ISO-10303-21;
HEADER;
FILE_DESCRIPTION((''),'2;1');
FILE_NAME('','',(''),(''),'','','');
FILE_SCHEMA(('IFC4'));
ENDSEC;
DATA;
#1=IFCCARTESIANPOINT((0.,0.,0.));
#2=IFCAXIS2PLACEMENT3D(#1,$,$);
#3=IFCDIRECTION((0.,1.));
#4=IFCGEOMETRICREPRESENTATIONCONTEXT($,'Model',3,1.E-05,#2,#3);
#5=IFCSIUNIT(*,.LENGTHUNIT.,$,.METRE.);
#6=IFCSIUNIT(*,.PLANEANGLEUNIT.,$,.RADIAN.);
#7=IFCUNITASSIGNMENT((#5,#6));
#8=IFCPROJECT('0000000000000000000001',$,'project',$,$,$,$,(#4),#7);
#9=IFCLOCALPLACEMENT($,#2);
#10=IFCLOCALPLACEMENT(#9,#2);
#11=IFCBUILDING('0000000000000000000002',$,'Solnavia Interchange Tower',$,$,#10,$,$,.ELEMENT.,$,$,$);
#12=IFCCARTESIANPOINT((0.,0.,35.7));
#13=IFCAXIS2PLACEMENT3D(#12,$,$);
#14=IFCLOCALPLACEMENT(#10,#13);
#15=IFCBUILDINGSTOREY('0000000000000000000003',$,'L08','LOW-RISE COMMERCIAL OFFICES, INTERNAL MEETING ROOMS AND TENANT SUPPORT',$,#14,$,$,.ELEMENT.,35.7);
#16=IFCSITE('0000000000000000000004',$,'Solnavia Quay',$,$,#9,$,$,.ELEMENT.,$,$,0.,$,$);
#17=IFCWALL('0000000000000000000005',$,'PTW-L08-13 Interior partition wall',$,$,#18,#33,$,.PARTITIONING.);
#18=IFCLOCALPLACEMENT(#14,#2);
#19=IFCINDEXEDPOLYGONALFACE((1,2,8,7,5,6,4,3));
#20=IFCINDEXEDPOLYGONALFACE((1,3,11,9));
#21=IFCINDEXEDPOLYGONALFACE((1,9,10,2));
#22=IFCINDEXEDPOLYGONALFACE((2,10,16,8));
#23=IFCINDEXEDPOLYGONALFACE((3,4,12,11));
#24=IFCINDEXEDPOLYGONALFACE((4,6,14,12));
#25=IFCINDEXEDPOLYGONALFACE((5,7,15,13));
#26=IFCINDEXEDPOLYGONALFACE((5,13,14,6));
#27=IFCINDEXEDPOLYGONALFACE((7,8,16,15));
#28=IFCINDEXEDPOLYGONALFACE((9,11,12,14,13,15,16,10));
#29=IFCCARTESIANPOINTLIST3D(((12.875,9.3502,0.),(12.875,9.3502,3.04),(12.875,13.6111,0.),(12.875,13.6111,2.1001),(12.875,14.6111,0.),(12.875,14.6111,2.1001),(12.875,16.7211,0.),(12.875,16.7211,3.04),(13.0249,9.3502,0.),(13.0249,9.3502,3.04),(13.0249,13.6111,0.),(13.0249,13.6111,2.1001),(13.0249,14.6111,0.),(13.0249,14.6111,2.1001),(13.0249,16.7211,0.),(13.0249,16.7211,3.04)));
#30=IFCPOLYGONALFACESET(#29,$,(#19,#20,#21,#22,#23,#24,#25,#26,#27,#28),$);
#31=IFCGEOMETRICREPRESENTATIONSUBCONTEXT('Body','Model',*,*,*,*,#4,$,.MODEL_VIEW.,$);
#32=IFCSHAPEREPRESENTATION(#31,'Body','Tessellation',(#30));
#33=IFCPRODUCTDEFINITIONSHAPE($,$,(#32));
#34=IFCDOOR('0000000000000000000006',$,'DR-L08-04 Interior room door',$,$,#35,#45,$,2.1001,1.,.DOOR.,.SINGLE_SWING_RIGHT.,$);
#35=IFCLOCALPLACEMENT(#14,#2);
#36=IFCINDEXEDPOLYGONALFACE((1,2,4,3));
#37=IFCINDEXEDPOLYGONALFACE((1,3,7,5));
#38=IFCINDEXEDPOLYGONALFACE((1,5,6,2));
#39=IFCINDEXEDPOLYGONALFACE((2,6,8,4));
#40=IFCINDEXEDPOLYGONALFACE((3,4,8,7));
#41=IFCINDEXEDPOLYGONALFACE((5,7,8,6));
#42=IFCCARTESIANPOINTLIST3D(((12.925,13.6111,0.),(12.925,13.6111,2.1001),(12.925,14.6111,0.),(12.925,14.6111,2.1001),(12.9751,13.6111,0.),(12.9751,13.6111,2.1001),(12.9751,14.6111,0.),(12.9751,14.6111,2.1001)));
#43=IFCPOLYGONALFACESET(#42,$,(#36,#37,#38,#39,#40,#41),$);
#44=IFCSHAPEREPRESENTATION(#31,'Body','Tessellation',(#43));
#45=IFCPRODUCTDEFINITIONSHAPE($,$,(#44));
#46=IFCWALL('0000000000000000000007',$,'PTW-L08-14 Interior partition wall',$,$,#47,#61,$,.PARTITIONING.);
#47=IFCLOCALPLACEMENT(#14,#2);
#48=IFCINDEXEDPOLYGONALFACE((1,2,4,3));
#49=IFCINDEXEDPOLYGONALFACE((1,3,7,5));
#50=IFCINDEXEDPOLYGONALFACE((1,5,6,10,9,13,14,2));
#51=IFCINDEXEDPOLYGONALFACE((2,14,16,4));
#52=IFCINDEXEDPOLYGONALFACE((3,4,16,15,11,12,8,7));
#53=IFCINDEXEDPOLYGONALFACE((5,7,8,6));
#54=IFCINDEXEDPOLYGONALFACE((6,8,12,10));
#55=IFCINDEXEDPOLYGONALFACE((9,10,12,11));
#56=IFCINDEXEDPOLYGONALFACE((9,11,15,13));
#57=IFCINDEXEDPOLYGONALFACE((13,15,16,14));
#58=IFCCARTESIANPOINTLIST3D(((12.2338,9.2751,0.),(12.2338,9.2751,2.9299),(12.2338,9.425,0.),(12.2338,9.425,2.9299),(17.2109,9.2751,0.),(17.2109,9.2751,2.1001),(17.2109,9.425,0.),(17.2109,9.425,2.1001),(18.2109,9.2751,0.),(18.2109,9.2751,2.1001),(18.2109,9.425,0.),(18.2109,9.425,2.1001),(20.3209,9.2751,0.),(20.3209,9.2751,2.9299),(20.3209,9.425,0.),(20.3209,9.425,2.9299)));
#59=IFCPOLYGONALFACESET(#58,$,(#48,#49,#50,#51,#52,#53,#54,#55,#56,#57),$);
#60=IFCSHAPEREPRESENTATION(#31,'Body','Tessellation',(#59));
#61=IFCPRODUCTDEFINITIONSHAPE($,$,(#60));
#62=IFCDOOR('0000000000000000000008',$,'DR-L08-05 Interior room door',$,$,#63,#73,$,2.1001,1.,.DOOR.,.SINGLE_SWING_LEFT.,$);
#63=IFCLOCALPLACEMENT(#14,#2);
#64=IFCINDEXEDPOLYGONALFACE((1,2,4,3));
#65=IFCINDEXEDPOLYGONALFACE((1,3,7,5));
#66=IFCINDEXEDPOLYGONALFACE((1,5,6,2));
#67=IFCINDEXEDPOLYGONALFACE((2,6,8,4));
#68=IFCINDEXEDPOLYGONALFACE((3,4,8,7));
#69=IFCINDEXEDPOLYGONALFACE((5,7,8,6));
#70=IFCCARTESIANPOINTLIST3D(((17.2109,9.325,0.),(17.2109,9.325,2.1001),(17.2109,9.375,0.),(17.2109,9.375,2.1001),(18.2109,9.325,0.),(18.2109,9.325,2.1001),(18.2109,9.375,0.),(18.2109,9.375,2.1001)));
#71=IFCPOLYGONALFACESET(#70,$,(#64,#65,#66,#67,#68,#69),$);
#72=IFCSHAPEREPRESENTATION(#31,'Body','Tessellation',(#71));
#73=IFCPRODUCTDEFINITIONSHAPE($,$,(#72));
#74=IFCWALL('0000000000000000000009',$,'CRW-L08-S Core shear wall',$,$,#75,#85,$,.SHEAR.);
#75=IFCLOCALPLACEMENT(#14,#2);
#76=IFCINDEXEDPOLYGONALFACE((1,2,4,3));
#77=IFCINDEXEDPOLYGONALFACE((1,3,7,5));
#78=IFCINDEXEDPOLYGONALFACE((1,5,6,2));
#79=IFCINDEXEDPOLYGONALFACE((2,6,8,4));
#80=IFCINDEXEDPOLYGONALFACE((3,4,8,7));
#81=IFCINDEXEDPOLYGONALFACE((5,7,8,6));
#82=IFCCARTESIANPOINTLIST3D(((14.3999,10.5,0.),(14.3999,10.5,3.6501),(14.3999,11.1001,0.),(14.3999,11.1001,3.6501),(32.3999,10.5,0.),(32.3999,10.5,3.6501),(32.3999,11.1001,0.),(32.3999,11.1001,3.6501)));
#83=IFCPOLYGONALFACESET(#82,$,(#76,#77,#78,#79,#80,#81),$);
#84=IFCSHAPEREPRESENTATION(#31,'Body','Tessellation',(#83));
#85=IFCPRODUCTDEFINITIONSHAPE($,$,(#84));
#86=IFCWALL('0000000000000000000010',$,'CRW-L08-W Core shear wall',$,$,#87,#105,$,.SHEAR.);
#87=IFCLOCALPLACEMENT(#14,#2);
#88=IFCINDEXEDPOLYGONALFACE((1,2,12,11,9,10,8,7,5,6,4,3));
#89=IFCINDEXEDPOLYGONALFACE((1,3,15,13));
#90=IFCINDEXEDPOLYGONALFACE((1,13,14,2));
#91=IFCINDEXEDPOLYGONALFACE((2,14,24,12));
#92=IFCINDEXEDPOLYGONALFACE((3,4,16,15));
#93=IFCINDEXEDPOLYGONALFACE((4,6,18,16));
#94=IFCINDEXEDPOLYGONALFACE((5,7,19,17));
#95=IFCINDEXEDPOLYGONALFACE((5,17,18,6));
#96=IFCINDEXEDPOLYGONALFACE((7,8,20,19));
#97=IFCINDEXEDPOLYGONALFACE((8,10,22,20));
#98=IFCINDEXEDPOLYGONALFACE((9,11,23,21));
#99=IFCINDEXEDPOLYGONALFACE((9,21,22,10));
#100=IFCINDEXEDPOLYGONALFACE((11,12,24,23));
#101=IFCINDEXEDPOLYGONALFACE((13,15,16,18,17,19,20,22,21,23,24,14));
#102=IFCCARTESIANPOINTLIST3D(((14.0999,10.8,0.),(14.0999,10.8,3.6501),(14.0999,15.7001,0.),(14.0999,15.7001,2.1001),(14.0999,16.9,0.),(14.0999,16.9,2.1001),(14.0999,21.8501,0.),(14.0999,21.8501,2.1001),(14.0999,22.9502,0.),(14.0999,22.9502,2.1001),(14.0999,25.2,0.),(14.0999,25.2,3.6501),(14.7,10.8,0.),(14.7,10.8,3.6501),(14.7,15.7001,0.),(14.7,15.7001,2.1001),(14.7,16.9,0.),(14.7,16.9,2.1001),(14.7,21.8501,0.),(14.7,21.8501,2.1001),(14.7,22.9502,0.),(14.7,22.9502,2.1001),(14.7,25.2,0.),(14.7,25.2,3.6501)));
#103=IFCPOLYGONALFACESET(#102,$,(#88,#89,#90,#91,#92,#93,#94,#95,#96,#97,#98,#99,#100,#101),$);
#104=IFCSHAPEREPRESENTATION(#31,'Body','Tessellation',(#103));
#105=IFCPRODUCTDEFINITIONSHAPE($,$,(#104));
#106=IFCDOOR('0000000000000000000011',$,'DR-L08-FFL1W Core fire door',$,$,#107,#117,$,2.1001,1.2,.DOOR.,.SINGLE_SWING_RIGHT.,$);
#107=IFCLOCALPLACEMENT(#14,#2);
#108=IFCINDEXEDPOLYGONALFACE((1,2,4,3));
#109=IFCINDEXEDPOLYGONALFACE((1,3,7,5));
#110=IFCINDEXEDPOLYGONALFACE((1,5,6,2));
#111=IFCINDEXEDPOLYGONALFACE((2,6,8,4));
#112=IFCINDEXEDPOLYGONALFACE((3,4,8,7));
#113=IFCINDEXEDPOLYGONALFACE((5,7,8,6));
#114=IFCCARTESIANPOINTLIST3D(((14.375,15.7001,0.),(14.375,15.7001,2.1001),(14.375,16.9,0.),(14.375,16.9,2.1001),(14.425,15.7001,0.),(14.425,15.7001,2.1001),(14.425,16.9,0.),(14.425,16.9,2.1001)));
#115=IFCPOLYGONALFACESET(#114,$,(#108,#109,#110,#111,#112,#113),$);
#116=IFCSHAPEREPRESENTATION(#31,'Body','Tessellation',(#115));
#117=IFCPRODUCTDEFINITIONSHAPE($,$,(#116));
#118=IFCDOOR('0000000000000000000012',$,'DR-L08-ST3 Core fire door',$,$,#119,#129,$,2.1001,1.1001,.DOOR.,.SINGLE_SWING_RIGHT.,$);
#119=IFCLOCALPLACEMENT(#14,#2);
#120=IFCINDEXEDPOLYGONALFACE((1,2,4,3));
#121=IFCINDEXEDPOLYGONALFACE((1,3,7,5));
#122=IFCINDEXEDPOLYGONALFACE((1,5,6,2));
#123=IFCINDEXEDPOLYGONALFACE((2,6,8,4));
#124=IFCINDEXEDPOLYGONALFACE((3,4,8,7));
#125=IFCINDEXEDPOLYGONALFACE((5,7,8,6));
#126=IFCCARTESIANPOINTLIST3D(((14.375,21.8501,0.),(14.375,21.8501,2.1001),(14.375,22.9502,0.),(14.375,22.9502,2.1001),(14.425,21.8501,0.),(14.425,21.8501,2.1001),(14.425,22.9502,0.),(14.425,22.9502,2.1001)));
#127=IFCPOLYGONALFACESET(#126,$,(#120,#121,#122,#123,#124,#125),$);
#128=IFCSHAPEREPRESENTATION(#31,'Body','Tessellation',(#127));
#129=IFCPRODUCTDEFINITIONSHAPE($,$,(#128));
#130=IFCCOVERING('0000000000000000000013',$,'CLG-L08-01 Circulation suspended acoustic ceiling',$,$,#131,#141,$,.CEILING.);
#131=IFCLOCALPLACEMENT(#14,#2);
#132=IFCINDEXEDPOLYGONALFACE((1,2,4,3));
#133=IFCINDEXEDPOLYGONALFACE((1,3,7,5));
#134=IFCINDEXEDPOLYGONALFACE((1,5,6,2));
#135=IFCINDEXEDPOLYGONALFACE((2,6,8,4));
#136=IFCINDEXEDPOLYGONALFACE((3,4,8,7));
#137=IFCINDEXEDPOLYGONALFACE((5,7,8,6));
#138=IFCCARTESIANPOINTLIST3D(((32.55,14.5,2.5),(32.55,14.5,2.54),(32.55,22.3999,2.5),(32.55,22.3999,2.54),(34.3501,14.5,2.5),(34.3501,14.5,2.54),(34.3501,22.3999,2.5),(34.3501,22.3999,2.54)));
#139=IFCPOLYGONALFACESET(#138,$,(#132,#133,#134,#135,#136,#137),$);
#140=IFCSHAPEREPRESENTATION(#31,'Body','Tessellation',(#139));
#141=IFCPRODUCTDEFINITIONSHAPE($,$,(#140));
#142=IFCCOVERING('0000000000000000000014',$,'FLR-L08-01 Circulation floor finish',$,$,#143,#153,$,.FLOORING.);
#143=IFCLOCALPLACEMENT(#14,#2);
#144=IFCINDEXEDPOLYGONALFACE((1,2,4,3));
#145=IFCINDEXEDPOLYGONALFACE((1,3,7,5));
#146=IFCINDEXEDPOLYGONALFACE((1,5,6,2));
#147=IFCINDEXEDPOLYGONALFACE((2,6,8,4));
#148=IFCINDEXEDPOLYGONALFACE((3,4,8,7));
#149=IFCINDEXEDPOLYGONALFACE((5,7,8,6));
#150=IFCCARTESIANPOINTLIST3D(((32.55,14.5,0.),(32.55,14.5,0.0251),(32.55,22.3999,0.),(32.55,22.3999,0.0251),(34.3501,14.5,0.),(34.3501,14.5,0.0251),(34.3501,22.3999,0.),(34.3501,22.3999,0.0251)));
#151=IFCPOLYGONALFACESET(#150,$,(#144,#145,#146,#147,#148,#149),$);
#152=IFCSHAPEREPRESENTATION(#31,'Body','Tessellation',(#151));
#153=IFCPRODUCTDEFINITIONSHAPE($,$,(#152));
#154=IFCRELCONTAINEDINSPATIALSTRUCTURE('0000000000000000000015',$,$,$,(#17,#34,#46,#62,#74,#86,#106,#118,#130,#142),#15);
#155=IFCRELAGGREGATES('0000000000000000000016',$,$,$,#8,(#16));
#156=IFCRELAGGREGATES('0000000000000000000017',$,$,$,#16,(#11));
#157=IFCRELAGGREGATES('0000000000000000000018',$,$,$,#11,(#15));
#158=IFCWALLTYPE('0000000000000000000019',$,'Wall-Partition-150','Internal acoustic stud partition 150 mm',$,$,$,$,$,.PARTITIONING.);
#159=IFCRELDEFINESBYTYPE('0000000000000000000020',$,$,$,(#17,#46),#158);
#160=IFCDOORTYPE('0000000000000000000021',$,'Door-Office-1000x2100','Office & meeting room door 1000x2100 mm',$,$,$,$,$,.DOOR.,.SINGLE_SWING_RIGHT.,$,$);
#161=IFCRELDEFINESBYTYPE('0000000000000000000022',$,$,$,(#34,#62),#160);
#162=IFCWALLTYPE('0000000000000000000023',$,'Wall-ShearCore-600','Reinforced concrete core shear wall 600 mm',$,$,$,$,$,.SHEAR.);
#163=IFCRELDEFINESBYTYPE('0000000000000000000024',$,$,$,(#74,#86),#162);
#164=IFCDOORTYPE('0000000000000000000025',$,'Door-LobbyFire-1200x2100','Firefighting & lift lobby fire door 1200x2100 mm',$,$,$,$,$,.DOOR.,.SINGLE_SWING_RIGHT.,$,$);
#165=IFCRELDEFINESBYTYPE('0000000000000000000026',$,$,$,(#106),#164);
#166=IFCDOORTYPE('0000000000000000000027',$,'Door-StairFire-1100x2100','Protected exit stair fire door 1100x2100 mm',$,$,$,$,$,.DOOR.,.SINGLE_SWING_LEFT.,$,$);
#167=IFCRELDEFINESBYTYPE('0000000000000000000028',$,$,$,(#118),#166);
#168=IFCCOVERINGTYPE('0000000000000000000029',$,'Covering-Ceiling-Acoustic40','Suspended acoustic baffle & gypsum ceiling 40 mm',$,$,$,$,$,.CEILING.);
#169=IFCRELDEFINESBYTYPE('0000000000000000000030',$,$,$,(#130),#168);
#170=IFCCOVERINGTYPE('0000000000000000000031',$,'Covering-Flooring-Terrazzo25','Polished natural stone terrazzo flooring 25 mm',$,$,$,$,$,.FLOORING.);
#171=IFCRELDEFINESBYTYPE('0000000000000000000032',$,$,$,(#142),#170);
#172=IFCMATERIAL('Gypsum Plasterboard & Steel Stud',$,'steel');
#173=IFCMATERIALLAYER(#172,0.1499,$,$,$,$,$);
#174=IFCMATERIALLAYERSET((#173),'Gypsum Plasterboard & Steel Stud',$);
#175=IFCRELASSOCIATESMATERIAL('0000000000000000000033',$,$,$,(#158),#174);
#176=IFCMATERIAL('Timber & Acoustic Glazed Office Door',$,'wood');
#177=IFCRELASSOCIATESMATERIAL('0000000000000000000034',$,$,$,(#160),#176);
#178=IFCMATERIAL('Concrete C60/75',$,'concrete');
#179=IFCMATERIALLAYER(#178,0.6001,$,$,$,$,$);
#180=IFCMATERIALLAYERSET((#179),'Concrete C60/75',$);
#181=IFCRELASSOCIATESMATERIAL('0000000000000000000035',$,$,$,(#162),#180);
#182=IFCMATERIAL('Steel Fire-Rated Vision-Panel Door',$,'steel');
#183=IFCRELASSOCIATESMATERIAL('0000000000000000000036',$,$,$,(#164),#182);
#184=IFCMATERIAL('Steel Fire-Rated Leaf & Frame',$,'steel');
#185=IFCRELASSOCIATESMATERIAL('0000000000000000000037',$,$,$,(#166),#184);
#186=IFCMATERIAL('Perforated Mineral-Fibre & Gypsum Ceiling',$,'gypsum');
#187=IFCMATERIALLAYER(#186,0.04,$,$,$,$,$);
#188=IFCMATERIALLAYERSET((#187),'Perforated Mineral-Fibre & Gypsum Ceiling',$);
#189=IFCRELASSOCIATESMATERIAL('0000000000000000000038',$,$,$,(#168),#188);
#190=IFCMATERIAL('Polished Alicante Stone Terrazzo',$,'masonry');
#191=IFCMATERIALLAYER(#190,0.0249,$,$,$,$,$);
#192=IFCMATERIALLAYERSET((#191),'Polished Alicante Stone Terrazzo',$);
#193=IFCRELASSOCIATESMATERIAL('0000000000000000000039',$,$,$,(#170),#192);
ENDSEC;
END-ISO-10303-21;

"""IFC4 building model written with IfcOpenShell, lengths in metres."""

from ifc_helpers import new_model, si_unit, direction, frame, frame_2d, origin, place, context, subcontext, project, spatial, polyline, rectangle, outline, extrude, material, layer, layer_set, type_object, element, fill, save


model = new_model("IFC4")

# Units and contexts
model_context = context("Model", 3, precision=1e-05, world=origin(), true_north=direction((0.0, 1.0)))
body_context = subcontext(model_context, "Body", "Model", "MODEL_VIEW")
ifc_project = project(units=[si_unit("LENGTHUNIT", "METRE"), si_unit("PLANEANGLEUNIT", "RADIAN")], contexts=[model_context])

# Site, building, storey
site_placement = place(None, origin())
site = spatial("IfcSite", under=ifc_project, at=site_placement, Name="Solnavia Quay", CompositionType="ELEMENT", RefElevation=0.0)
building_placement = place(site_placement, origin())
building = spatial("IfcBuilding", under=site, at=building_placement, Name="Solnavia Interchange Tower", CompositionType="ELEMENT")
storey_placement = place(building_placement, frame((0.0, 0.0, 35.7)))
storey = spatial("IfcBuildingStorey", under=building, at=storey_placement, Name="L08", Description="LOW-RISE COMMERCIAL OFFICES, INTERNAL MEETING ROOMS AND TENANT SUPPORT", CompositionType="ELEMENT", Elevation=35.7)

# Shared definitions
ifc_material_1 = material(Name="Concrete C60/75", Category="concrete")

# Shared definitions
ifc_material_2 = material(Name="Gypsum Plasterboard & Steel Stud", Category="steel")
ifc_layer_1 = layer(ifc_material_2, 0.1499)
ifc_layer_set_1 = layer_set([ifc_layer_1], Name="Gypsum Plasterboard & Steel Stud")
wall_type_1 = type_object("IfcWallType", Name="Wall-Partition-150", Description="Internal acoustic stud partition 150 mm", PredefinedType="PARTITIONING", material=ifc_layer_set_1)

# Walls, openings, doors
wall_1_placement = place(storey_placement, frame((12.95, 9.3501, 0.0), z_axis=(0.0, 0.0, 1.0), x_axis=(0.0, 1.0, 0.0)))
wall_1 = element("IfcWall", 1, at=wall_1_placement, inside=storey, type_object=wall_type_1, Name="PTW-L08-13 Interior partition wall", PredefinedType="PARTITIONING", context=body_context, shape_type="SweptSolid", body=[
    extrude(rectangle(XDim=7.3708, YDim=0.1499, at=frame_2d((3.6855, 0.0))), origin(), (0.0, 0.0, 1.0), 3.04),
])
opening_1_placement = place(wall_1_placement, frame((4.261, 0.0, 0.0)))
opening_1 = element("IfcOpeningElement", 2, at=opening_1_placement, cuts=wall_1, PredefinedType="OPENING", context=body_context, shape_type="SweptSolid", body=[
    extrude(rectangle(XDim=1.0, YDim=2.1001, at=frame_2d((0.5, 1.05))), frame((0.0, 0.085, 0.0), z_axis=(0.0, -1.0, 0.0), x_axis=(1.0, 0.0, 0.0)), (0.0, 0.0, 1.0), 0.1699),
])
ifc_material_3 = material(Name="Timber & Acoustic Glazed Office Door", Category="wood")
door_type_1 = type_object("IfcDoorType", Name="Door-Office-1000x2100", Description="Office & meeting room door 1000x2100 mm", OperationType="SINGLE_SWING_RIGHT", PredefinedType="DOOR", material=ifc_material_3)
door_1_placement = place(opening_1_placement, origin())
door_1 = element("IfcDoor", 3, at=door_1_placement, inside=storey, type_object=door_type_1, Name="DR-L08-04 Interior room door", OperationType="SINGLE_SWING_RIGHT", OverallHeight=2.1001, OverallWidth=1.0, PredefinedType="DOOR", context=body_context, shape_type="SweptSolid", body=[
    extrude(rectangle(XDim=1.0, YDim=2.1001, at=frame_2d((0.5, 1.05))), frame((0.0, 0.0249, 0.0), z_axis=(0.0, -1.0, 0.0), x_axis=(1.0, 0.0, 0.0)), (0.0, 0.0, 1.0), 0.05),
])
fill(opening_1, door_1)
wall_2_placement = place(storey_placement, frame((12.2339, 9.3501, 0.0), z_axis=(0.0, 0.0, 1.0), x_axis=(1.0, 0.0, 0.0)))
wall_2 = element("IfcWall", 4, at=wall_2_placement, inside=storey, type_object=wall_type_1, Name="PTW-L08-14 Interior partition wall", PredefinedType="PARTITIONING", context=body_context, shape_type="SweptSolid", body=[
    extrude(rectangle(XDim=8.0872, YDim=0.1499, at=frame_2d((4.0435, 0.0))), origin(), (0.0, 0.0, 1.0), 2.9299),
])
opening_2_placement = place(wall_2_placement, frame((4.9771, 0.0, 0.0)))
opening_2 = element("IfcOpeningElement", 5, at=opening_2_placement, cuts=wall_2, PredefinedType="OPENING", context=body_context, shape_type="SweptSolid", body=[
    extrude(rectangle(XDim=1.0, YDim=2.1001, at=frame_2d((0.5, 1.05))), frame((0.0, 0.085, 0.0), z_axis=(0.0, -1.0, 0.0), x_axis=(1.0, 0.0, 0.0)), (0.0, 0.0, 1.0), 0.1699),
])
door_2_placement = place(opening_2_placement, origin())
door_2 = element("IfcDoor", 6, at=door_2_placement, inside=storey, type_object=door_type_1, Name="DR-L08-05 Interior room door", OperationType="SINGLE_SWING_LEFT", OverallHeight=2.1001, OverallWidth=1.0, PredefinedType="DOOR", context=body_context, shape_type="SweptSolid", body=[
    extrude(rectangle(XDim=1.0, YDim=2.1001, at=frame_2d((0.5, 1.05))), frame((0.0, 0.0249, 0.0), z_axis=(0.0, -1.0, 0.0), x_axis=(1.0, 0.0, 0.0)), (0.0, 0.0, 1.0), 0.05),
])
fill(opening_2, door_2)

# Wall
ifc_layer_2 = layer(ifc_material_1, 0.6001)
ifc_layer_set_2 = layer_set([ifc_layer_2], Name="Concrete C60/75")
wall_type_2 = type_object("IfcWallType", Name="Wall-ShearCore-600", Description="Reinforced concrete core shear wall 600 mm", PredefinedType="SHEAR", material=ifc_layer_set_2)
wall_3_placement = place(storey_placement, frame((14.3999, 10.8, 0.0), z_axis=(0.0, 0.0, 1.0), x_axis=(1.0, 0.0, 0.0)))
element("IfcWall", 7, at=wall_3_placement, inside=storey, type_object=wall_type_2, Name="CRW-L08-S Core shear wall", PredefinedType="SHEAR", context=body_context, shape_type="SweptSolid", body=[
    extrude(rectangle(XDim=18.0, YDim=0.6001, at=frame_2d((9.0, 0.0))), origin(), (0.0, 0.0, 1.0), 3.6501),
])

# Wall, openings, doors
wall_4_placement = place(storey_placement, frame((14.3999, 10.8, 0.0), z_axis=(0.0, 0.0, 1.0), x_axis=(0.0, 1.0, 0.0)))
wall_4 = element("IfcWall", 8, at=wall_4_placement, inside=storey, type_object=wall_type_2, Name="CRW-L08-W Core shear wall", PredefinedType="SHEAR", context=body_context, shape_type="SweptSolid", body=[
    extrude(rectangle(XDim=14.3999, YDim=0.6001, at=frame_2d((7.2, 0.0))), origin(), (0.0, 0.0, 1.0), 3.6501),
])
opening_3_placement = place(wall_4_placement, frame((11.05, 0.0, 0.0)))
opening_3 = element("IfcOpeningElement", 9, at=opening_3_placement, cuts=wall_4, PredefinedType="OPENING", context=body_context, shape_type="SweptSolid", body=[
    extrude(rectangle(XDim=1.1001, YDim=2.1001, at=frame_2d((0.55, 1.05))), frame((0.0, 0.3101, 0.0), z_axis=(0.0, -1.0, 0.0), x_axis=(1.0, 0.0, 0.0)), (0.0, 0.0, 1.0), 0.6201),
])
opening_4_placement = place(wall_4_placement, frame((4.8999, 0.0, 0.0)))
opening_4 = element("IfcOpeningElement", 10, at=opening_4_placement, cuts=wall_4, PredefinedType="OPENING", context=body_context, shape_type="SweptSolid", body=[
    extrude(rectangle(XDim=1.2, YDim=2.1001, at=frame_2d((0.6001, 1.05))), frame((0.0, 0.3101, 0.0), z_axis=(0.0, -1.0, 0.0), x_axis=(1.0, 0.0, 0.0)), (0.0, 0.0, 1.0), 0.6201),
])
ifc_material_4 = material(Name="Steel Fire-Rated Vision-Panel Door", Category="steel")
door_type_2 = type_object("IfcDoorType", Name="Door-LobbyFire-1200x2100", Description="Firefighting & lift lobby fire door 1200x2100 mm", OperationType="SINGLE_SWING_RIGHT", PredefinedType="DOOR", material=ifc_material_4)
door_3_placement = place(opening_4_placement, origin())
door_3 = element("IfcDoor", 11, at=door_3_placement, inside=storey, type_object=door_type_2, Name="DR-L08-FFL1W Core fire door", OperationType="SINGLE_SWING_RIGHT", OverallHeight=2.1001, OverallWidth=1.2, PredefinedType="DOOR", context=body_context, shape_type="SweptSolid", body=[
    extrude(rectangle(XDim=1.2, YDim=2.1001, at=frame_2d((0.6001, 1.05))), frame((0.0, 0.0249, 0.0), z_axis=(0.0, -1.0, 0.0), x_axis=(1.0, 0.0, 0.0)), (0.0, 0.0, 1.0), 0.05),
])
fill(opening_4, door_3)
ifc_material_5 = material(Name="Steel Fire-Rated Leaf & Frame", Category="steel")
door_type_3 = type_object("IfcDoorType", Name="Door-StairFire-1100x2100", Description="Protected exit stair fire door 1100x2100 mm", OperationType="SINGLE_SWING_LEFT", PredefinedType="DOOR", material=ifc_material_5)
door_4_placement = place(opening_3_placement, origin())
door_4 = element("IfcDoor", 12, at=door_4_placement, inside=storey, type_object=door_type_3, Name="DR-L08-ST3 Core fire door", OperationType="SINGLE_SWING_RIGHT", OverallHeight=2.1001, OverallWidth=1.1001, PredefinedType="DOOR", context=body_context, shape_type="SweptSolid", body=[
    extrude(rectangle(XDim=1.1001, YDim=2.1001, at=frame_2d((0.55, 1.05))), frame((0.0, 0.0249, 0.0), z_axis=(0.0, -1.0, 0.0), x_axis=(1.0, 0.0, 0.0)), (0.0, 0.0, 1.0), 0.05),
])
fill(opening_3, door_4)

# Coverings
ifc_material_6 = material(Name="Perforated Mineral-Fibre & Gypsum Ceiling", Category="gypsum")
ifc_layer_3 = layer(ifc_material_6, 0.04)
ifc_layer_set_3 = layer_set([ifc_layer_3], Name="Perforated Mineral-Fibre & Gypsum Ceiling")
covering_type_1 = type_object("IfcCoveringType", Name="Covering-Ceiling-Acoustic40", Description="Suspended acoustic baffle & gypsum ceiling 40 mm", PredefinedType="CEILING", material=ifc_layer_set_3)
covering_1_placement = place(storey_placement, frame((0.0, 0.0, 2.5)))
element("IfcCovering", 13, at=covering_1_placement, inside=storey, type_object=covering_type_1, Name="CLG-L08-01 Circulation suspended acoustic ceiling", PredefinedType="CEILING", context=body_context, shape_type="SweptSolid", body=[
    extrude(outline(polyline([(32.55, 14.5), (34.3501, 14.5), (34.3501, 22.3999), (32.55, 22.3999), (32.55, 14.5)])), origin(), (0.0, 0.0, 1.0), 0.04),
])
ifc_material_7 = material(Name="Polished Alicante Stone Terrazzo", Category="masonry")
ifc_layer_4 = layer(ifc_material_7, 0.0249)
ifc_layer_set_4 = layer_set([ifc_layer_4], Name="Polished Alicante Stone Terrazzo")
covering_type_2 = type_object("IfcCoveringType", Name="Covering-Flooring-Terrazzo25", Description="Polished natural stone terrazzo flooring 25 mm", PredefinedType="FLOORING", material=ifc_layer_set_4)
covering_2_placement = place(storey_placement, origin())
element("IfcCovering", 14, at=covering_2_placement, inside=storey, type_object=covering_type_2, Name="FLR-L08-01 Circulation floor finish", PredefinedType="FLOORING", context=body_context, shape_type="SweptSolid", body=[
    extrude(outline(polyline([(32.55, 14.5), (34.3501, 14.5), (34.3501, 22.3999), (32.55, 22.3999), (32.55, 14.5)])), origin(), (0.0, 0.0, 1.0), 0.0251),
])

save(model, "model.ifc")
